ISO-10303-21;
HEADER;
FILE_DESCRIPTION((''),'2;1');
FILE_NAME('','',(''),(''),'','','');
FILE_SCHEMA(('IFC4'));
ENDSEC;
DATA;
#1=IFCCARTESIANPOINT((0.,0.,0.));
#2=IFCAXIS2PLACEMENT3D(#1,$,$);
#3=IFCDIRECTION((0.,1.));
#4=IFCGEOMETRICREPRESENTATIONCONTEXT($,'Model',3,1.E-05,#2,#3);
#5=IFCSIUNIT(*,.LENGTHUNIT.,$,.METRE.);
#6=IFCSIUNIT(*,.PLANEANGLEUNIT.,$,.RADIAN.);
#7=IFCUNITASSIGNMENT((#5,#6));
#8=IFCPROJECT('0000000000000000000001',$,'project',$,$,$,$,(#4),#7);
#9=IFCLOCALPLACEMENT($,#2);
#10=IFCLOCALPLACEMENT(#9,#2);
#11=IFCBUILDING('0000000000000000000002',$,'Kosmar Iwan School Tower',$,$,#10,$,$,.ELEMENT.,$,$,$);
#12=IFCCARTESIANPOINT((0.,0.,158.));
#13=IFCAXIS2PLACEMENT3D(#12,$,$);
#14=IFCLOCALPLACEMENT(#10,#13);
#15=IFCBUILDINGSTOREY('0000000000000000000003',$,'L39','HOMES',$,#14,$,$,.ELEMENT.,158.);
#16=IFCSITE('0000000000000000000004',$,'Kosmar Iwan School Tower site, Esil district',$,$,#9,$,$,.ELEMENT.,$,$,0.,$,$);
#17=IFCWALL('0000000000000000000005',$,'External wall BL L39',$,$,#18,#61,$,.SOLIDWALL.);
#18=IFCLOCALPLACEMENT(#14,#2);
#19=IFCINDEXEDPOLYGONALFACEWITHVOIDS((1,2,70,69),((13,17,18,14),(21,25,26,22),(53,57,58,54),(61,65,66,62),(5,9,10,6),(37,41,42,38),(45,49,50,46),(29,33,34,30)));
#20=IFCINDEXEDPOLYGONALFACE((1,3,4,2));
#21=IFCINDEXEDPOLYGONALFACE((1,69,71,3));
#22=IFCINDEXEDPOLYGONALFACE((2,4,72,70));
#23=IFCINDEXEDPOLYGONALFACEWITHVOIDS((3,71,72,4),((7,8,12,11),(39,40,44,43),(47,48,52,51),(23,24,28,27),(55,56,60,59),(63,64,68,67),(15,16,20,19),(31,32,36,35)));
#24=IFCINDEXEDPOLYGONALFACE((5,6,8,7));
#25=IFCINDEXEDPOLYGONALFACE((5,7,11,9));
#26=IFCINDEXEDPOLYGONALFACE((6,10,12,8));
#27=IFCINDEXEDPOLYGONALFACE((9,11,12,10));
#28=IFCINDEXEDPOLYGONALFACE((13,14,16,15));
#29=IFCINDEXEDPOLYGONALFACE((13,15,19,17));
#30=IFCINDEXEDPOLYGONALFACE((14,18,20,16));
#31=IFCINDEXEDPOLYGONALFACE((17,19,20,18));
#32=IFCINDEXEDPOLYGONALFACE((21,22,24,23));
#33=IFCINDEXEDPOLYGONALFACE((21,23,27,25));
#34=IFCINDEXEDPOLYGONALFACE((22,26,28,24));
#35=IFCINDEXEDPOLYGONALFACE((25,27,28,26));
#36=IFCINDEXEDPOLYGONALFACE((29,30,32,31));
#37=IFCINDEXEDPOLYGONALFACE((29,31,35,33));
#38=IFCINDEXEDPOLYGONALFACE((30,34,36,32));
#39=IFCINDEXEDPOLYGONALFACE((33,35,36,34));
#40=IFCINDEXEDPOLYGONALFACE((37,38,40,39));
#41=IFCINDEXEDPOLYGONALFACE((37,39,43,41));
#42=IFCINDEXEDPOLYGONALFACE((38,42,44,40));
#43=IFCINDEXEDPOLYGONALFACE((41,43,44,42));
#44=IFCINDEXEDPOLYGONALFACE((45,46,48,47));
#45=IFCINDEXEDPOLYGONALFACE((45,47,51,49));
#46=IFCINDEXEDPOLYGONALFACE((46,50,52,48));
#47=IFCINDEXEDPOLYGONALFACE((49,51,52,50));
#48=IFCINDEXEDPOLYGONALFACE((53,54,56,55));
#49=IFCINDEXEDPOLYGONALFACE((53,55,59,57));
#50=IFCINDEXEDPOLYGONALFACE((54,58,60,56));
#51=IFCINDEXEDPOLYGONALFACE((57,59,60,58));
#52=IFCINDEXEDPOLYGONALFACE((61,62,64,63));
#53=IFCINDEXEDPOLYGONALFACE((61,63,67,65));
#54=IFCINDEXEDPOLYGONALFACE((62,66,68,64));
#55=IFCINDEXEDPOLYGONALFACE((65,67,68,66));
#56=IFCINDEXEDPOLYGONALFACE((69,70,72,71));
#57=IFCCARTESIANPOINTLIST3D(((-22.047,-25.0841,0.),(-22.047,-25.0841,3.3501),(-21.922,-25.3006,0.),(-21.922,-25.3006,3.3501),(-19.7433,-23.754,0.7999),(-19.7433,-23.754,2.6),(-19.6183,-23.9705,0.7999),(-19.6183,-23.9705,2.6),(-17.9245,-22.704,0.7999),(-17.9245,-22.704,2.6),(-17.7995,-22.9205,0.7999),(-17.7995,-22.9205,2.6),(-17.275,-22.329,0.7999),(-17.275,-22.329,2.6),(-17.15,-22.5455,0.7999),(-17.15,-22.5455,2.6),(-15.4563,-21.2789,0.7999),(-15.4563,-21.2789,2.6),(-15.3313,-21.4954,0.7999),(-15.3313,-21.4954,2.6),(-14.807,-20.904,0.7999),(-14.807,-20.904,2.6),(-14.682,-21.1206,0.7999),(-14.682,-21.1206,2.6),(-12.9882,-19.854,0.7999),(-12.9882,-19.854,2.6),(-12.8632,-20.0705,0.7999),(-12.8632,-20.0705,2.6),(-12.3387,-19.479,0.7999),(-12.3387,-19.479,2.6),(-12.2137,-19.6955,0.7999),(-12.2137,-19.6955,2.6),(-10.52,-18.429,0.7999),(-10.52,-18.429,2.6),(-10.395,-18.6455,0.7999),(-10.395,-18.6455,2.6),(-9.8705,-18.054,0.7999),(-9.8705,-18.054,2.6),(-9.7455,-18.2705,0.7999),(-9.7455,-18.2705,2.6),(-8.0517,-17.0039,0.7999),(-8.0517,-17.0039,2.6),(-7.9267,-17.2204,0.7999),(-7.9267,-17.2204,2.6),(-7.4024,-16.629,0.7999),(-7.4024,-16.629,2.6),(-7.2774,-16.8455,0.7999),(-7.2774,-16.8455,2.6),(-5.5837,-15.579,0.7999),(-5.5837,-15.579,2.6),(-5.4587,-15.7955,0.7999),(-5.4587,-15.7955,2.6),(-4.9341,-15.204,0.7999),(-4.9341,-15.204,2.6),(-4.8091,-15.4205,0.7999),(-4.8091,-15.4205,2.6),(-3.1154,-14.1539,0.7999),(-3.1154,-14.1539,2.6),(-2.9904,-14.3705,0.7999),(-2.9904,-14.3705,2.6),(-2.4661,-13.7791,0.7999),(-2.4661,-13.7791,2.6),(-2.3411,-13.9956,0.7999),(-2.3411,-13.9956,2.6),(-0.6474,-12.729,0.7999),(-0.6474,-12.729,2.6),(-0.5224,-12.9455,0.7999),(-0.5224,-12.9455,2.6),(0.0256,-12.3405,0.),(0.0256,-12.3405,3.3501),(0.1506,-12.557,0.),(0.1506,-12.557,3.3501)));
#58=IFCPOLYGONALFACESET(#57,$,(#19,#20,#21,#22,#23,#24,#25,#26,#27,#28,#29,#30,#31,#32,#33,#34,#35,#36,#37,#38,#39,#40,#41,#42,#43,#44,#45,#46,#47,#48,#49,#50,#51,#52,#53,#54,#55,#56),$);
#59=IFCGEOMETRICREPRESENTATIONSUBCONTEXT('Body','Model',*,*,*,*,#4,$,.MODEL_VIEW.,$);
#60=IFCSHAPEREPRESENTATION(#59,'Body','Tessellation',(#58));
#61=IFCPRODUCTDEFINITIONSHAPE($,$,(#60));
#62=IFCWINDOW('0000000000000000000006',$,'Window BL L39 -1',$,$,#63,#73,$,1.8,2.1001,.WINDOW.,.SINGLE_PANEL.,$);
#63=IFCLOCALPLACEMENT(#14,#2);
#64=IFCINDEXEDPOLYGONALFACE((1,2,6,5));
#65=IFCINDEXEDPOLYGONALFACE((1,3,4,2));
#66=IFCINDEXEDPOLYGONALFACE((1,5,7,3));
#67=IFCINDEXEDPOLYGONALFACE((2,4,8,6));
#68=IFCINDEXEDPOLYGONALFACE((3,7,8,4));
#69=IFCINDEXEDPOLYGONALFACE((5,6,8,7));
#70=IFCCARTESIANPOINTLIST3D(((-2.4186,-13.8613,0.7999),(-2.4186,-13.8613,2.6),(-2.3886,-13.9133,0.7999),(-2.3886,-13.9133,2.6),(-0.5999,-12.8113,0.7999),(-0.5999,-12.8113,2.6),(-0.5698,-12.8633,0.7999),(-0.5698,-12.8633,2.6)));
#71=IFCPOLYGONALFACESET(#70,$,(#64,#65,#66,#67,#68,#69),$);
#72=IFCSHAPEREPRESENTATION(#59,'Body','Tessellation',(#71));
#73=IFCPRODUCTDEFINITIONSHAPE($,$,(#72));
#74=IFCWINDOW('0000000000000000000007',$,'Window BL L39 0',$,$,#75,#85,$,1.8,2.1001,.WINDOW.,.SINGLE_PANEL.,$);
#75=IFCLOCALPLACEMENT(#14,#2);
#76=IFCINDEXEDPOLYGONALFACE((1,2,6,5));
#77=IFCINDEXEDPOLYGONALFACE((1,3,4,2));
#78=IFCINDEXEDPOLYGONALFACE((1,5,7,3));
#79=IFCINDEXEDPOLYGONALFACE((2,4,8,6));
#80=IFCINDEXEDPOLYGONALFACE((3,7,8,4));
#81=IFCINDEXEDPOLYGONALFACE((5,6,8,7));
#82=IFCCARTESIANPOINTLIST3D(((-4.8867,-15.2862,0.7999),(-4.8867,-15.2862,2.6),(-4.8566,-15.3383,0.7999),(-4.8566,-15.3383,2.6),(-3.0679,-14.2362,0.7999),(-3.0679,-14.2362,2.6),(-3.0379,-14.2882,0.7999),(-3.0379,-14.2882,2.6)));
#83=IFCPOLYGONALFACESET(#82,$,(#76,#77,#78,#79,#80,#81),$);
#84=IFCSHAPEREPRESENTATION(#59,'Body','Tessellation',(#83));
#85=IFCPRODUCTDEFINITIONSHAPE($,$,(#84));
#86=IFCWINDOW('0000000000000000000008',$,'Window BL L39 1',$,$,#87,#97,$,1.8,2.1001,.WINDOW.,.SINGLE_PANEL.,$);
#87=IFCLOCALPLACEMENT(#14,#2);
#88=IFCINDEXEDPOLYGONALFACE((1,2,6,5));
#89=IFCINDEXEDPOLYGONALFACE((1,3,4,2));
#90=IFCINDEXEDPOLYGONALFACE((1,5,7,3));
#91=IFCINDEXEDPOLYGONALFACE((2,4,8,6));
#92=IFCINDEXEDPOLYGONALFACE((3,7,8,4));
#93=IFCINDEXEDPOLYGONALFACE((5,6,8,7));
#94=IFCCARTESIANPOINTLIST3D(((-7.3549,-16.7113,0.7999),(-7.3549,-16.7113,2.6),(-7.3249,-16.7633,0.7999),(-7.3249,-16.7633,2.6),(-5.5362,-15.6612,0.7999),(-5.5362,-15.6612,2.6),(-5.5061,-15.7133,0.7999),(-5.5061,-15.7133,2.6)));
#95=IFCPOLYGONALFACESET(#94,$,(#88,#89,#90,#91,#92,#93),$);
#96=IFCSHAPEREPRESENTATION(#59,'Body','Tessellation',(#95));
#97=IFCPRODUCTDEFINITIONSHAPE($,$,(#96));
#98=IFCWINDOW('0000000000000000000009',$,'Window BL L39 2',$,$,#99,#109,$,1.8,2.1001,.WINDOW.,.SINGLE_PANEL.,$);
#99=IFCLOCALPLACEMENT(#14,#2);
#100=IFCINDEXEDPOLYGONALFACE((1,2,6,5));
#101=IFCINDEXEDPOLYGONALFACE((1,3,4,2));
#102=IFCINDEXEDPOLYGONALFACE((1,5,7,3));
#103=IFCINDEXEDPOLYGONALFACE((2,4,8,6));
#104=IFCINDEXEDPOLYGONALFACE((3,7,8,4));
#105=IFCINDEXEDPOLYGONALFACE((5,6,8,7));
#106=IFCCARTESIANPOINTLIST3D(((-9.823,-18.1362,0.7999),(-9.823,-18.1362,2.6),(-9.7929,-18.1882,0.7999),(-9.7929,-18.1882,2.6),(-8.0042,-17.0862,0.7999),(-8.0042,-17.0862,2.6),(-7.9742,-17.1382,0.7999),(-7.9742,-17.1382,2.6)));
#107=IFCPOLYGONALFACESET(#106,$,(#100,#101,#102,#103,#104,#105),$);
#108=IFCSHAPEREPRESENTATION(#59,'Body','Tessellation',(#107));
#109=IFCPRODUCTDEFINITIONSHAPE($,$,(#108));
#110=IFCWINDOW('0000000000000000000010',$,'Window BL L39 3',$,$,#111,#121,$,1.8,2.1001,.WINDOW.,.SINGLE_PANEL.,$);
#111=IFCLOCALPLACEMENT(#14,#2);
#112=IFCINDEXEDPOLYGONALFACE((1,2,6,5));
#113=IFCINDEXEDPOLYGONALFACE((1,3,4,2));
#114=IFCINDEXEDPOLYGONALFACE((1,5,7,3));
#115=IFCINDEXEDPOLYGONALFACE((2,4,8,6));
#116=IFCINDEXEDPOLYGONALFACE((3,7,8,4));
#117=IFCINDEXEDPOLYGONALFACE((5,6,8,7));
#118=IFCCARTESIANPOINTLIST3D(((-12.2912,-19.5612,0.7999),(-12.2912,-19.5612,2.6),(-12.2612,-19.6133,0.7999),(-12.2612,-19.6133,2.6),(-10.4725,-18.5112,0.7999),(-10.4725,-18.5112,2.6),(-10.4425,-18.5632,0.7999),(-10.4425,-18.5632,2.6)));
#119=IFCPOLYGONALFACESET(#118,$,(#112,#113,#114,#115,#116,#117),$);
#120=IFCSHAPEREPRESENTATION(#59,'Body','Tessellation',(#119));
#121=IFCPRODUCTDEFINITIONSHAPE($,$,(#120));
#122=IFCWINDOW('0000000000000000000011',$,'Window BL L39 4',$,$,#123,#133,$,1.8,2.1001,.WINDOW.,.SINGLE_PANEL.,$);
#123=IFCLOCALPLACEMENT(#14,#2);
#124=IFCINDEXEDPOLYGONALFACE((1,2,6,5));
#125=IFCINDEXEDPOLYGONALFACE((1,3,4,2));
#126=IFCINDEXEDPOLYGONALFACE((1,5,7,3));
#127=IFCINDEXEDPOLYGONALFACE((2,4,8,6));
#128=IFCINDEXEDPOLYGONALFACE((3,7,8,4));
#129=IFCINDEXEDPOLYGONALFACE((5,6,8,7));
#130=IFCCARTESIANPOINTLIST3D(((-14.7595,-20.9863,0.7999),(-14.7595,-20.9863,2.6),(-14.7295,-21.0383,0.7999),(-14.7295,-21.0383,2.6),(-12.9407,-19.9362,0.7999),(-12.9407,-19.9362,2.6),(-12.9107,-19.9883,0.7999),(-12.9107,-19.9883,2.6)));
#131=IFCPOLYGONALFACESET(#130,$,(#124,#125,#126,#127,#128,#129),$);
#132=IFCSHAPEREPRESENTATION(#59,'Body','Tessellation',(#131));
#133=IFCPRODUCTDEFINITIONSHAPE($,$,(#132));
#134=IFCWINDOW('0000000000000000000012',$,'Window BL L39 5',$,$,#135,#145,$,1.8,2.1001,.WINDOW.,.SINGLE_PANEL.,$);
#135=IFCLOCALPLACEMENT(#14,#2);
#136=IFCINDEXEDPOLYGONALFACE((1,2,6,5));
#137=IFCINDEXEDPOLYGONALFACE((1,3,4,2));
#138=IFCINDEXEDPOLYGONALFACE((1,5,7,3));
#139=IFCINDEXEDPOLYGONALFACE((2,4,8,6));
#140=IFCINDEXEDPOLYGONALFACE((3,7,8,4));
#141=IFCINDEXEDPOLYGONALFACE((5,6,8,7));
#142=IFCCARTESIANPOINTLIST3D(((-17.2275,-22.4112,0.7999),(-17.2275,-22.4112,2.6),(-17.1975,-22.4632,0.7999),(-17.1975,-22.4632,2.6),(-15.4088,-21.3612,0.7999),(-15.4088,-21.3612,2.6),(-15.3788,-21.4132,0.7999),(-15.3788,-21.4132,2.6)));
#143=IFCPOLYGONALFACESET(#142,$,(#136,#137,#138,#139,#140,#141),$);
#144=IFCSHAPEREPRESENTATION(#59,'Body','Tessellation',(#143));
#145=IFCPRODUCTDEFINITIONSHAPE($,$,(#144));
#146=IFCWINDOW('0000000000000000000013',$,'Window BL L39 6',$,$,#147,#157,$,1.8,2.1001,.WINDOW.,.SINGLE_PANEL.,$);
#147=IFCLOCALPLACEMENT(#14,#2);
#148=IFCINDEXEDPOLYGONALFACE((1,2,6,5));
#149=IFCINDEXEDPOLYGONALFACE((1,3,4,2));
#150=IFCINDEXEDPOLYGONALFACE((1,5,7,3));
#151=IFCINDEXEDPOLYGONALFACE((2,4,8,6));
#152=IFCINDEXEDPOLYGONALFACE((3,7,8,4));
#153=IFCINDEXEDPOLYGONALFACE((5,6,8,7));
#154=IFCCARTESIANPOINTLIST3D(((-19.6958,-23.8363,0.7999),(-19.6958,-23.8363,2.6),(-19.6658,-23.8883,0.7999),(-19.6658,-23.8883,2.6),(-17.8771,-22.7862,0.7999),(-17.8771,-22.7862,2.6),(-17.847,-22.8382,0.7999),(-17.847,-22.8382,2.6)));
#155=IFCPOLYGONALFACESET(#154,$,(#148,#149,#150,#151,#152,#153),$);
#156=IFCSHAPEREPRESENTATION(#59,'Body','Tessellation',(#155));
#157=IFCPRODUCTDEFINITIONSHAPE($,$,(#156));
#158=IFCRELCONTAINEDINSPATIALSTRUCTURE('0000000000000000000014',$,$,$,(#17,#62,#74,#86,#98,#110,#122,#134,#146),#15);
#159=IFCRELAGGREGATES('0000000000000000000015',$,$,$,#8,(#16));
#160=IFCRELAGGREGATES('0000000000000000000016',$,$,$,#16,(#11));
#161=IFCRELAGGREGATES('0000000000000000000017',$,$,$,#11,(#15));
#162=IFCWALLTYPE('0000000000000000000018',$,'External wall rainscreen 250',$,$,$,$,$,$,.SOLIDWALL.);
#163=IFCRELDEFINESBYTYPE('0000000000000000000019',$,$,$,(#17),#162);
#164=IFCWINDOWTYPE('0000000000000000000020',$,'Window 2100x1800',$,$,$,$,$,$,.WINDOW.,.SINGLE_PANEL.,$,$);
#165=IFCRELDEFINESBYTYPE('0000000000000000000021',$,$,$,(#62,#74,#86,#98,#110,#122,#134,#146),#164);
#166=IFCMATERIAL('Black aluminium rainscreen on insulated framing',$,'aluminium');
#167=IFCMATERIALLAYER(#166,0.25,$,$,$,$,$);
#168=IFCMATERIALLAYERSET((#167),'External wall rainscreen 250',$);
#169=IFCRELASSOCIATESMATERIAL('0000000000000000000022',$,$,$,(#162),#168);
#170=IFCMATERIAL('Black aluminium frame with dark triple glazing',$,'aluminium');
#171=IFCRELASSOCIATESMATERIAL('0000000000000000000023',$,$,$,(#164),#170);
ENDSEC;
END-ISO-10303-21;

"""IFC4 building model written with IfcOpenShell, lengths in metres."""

from ifc_helpers import new_model, si_unit, direction, frame, frame_2d, origin, place, context, subcontext, project, spatial, rectangle, extrude, material, layer, layer_set, type_object, element, fill, save


model = new_model("IFC4")

# Units and contexts
model_context = context("Model", 3, precision=1e-05, world=origin(), true_north=direction((0.0, 1.0)))
body_context = subcontext(model_context, "Body", "Model", "MODEL_VIEW")
ifc_project = project(units=[si_unit("LENGTHUNIT", "METRE"), si_unit("PLANEANGLEUNIT", "RADIAN")], contexts=[model_context])

# Site, building, storey
site_placement = place(None, origin())
site = spatial("IfcSite", under=ifc_project, at=site_placement, Name="Kosmar Iwan School Tower site, Esil district", CompositionType="ELEMENT", RefElevation=0.0)
building_placement = place(site_placement, origin())
building = spatial("IfcBuilding", under=site, at=building_placement, Name="Kosmar Iwan School Tower", CompositionType="ELEMENT")
storey_placement = place(building_placement, frame((0.0, 0.0, 158.0)))
storey = spatial("IfcBuildingStorey", under=building, at=storey_placement, Name="L39", Description="HOMES", CompositionType="ELEMENT", Elevation=158.0)

# Wall, openings, windows
ifc_material_1 = material(Name="Black aluminium rainscreen on insulated framing", Category="aluminium")
ifc_layer = layer(ifc_material_1, 0.25)
ifc_layer_set = layer_set([ifc_layer], Name="External wall rainscreen 250")
wall_type = type_object("IfcWallType", Name="External wall rainscreen 250", PredefinedType="SOLIDWALL", material=ifc_layer_set)
wall_1_placement = place(storey_placement, frame((0.0881, -12.4487, 0.0), z_axis=(0.0, 0.0, 1.0), x_axis=(-0.866026, -0.499998, 0.0)))
wall_1 = element("IfcWall", 1, at=wall_1_placement, inside=storey, type_object=wall_type, Name="External wall BL L39", PredefinedType="SOLIDWALL", context=body_context, shape_type="SweptSolid", body=[
    extrude(rectangle(XDim=25.4873, YDim=0.25, at=frame_2d((12.7437, 0.0))), origin(), (0.0, 0.0, 1.0), 3.3501),
])
opening_1_placement = place(wall_1_placement, frame((0.7771, 0.0, 0.8)))
opening_1 = element("IfcOpeningElement", 2, at=opening_1_placement, cuts=wall_1, PredefinedType="OPENING", context=body_context, shape_type="SweptSolid", body=[
    extrude(rectangle(XDim=2.1001, YDim=1.8, at=frame_2d((1.05, 0.8999))), frame((0.0, 0.137, 0.0), z_axis=(0.0, -1.0, 0.0), x_axis=(1.0, 0.0, 0.0)), (0.0, 0.0, 1.0), 0.2739),
])
opening_2_placement = place(wall_1_placement, frame((3.627, 0.0, 0.8)))
opening_2 = element("IfcOpeningElement", 3, at=opening_2_placement, cuts=wall_1, PredefinedType="OPENING", context=body_context, shape_type="SweptSolid", body=[
    extrude(rectangle(XDim=2.1001, YDim=1.8, at=frame_2d((1.05, 0.8999))), frame((0.0, 0.137, 0.0), z_axis=(0.0, -1.0, 0.0), x_axis=(1.0, 0.0, 0.0)), (0.0, 0.0, 1.0), 0.2739),
])
opening_3_placement = place(wall_1_placement, frame((6.4771, 0.0, 0.8)))
opening_3 = element("IfcOpeningElement", 4, at=opening_3_placement, cuts=wall_1, PredefinedType="OPENING", context=body_context, shape_type="SweptSolid", body=[
    extrude(rectangle(XDim=2.1001, YDim=1.8, at=frame_2d((1.05, 0.8999))), frame((0.0, 0.137, 0.0), z_axis=(0.0, -1.0, 0.0), x_axis=(1.0, 0.0, 0.0)), (0.0, 0.0, 1.0), 0.2739),
])
opening_4_placement = place(wall_1_placement, frame((9.3269, 0.0, 0.8)))
opening_4 = element("IfcOpeningElement", 5, at=opening_4_placement, cuts=wall_1, PredefinedType="OPENING", context=body_context, shape_type="SweptSolid", body=[
    extrude(rectangle(XDim=2.1001, YDim=1.8, at=frame_2d((1.05, 0.8999))), frame((0.0, 0.137, 0.0), z_axis=(0.0, -1.0, 0.0), x_axis=(1.0, 0.0, 0.0)), (0.0, 0.0, 1.0), 0.2739),
])
opening_5_placement = place(wall_1_placement, frame((12.177, 0.0, 0.8)))
opening_5 = element("IfcOpeningElement", 6, at=opening_5_placement, cuts=wall_1, PredefinedType="OPENING", context=body_context, shape_type="SweptSolid", body=[
    extrude(rectangle(XDim=2.1001, YDim=1.8, at=frame_2d((1.05, 0.8999))), frame((0.0, 0.137, 0.0), z_axis=(0.0, -1.0, 0.0), x_axis=(1.0, 0.0, 0.0)), (0.0, 0.0, 1.0), 0.2739),
])
opening_6_placement = place(wall_1_placement, frame((15.0271, 0.0, 0.8)))
opening_6 = element("IfcOpeningElement", 7, at=opening_6_placement, cuts=wall_1, PredefinedType="OPENING", context=body_context, shape_type="SweptSolid", body=[
    extrude(rectangle(XDim=2.1001, YDim=1.8, at=frame_2d((1.05, 0.8999))), frame((0.0, 0.137, 0.0), z_axis=(0.0, -1.0, 0.0), x_axis=(1.0, 0.0, 0.0)), (0.0, 0.0, 1.0), 0.2739),
])
opening_7_placement = place(wall_1_placement, frame((17.877, 0.0, 0.8)))
opening_7 = element("IfcOpeningElement", 8, at=opening_7_placement, cuts=wall_1, PredefinedType="OPENING", context=body_context, shape_type="SweptSolid", body=[
    extrude(rectangle(XDim=2.1001, YDim=1.8, at=frame_2d((1.05, 0.8999))), frame((0.0, 0.137, 0.0), z_axis=(0.0, -1.0, 0.0), x_axis=(1.0, 0.0, 0.0)), (0.0, 0.0, 1.0), 0.2739),
])
opening_8_placement = place(wall_1_placement, frame((20.7271, 0.0, 0.8)))
opening_8 = element("IfcOpeningElement", 9, at=opening_8_placement, cuts=wall_1, PredefinedType="OPENING", context=body_context, shape_type="SweptSolid", body=[
    extrude(rectangle(XDim=2.1001, YDim=1.8, at=frame_2d((1.05, 0.8999))), frame((0.0, 0.137, 0.0), z_axis=(0.0, -1.0, 0.0), x_axis=(1.0, 0.0, 0.0)), (0.0, 0.0, 1.0), 0.2739),
])
ifc_material_2 = material(Name="Black aluminium frame with dark triple glazing", Category="aluminium")
window_type = type_object("IfcWindowType", Name="Window 2100x1800", PartitioningType="SINGLE_PANEL", PredefinedType="WINDOW", material=ifc_material_2)
window_1_placement = place(opening_1_placement, origin())
window_1 = element("IfcWindow", 10, at=window_1_placement, inside=storey, type_object=window_type, Name="Window BL L39 -1", OverallHeight=1.8, OverallWidth=2.1001, PartitioningType="SINGLE_PANEL", PredefinedType="WINDOW", context=body_context, shape_type="SweptSolid", body=[
    extrude(rectangle(XDim=2.1001, YDim=1.8, at=frame_2d((1.05, 0.8999))), frame((0.0, 0.03, 0.0), z_axis=(0.0, -1.0, 0.0), x_axis=(1.0, 0.0, 0.0)), (0.0, 0.0, 1.0), 0.0601),
])
fill(opening_1, window_1)
window_2_placement = place(opening_2_placement, origin())
window_2 = element("IfcWindow", 11, at=window_2_placement, inside=storey, type_object=window_type, Name="Window BL L39 0", OverallHeight=1.8, OverallWidth=2.1001, PartitioningType="SINGLE_PANEL", PredefinedType="WINDOW", context=body_context, shape_type="SweptSolid", body=[
    extrude(rectangle(XDim=2.1001, YDim=1.8, at=frame_2d((1.05, 0.8999))), frame((0.0, 0.03, 0.0), z_axis=(0.0, -1.0, 0.0), x_axis=(1.0, 0.0, 0.0)), (0.0, 0.0, 1.0), 0.0601),
])
fill(opening_2, window_2)
window_3_placement = place(opening_3_placement, origin())
window_3 = element("IfcWindow", 12, at=window_3_placement, inside=storey, type_object=window_type, Name="Window BL L39 1", OverallHeight=1.8, OverallWidth=2.1001, PartitioningType="SINGLE_PANEL", PredefinedType="WINDOW", context=body_context, shape_type="SweptSolid", body=[
    extrude(rectangle(XDim=2.1001, YDim=1.8, at=frame_2d((1.05, 0.8999))), frame((0.0, 0.03, 0.0), z_axis=(0.0, -1.0, 0.0), x_axis=(1.0, 0.0, 0.0)), (0.0, 0.0, 1.0), 0.0601),
])
fill(opening_3, window_3)
window_4_placement = place(opening_4_placement, origin())
window_4 = element("IfcWindow", 13, at=window_4_placement, inside=storey, type_object=window_type, Name="Window BL L39 2", OverallHeight=1.8, OverallWidth=2.1001, PartitioningType="SINGLE_PANEL", PredefinedType="WINDOW", context=body_context, shape_type="SweptSolid", body=[
    extrude(rectangle(XDim=2.1001, YDim=1.8, at=frame_2d((1.05, 0.8999))), frame((0.0, 0.03, 0.0), z_axis=(0.0, -1.0, 0.0), x_axis=(1.0, 0.0, 0.0)), (0.0, 0.0, 1.0), 0.0601),
])
fill(opening_4, window_4)
window_5_placement = place(opening_5_placement, origin())
window_5 = element("IfcWindow", 14, at=window_5_placement, inside=storey, type_object=window_type, Name="Window BL L39 3", OverallHeight=1.8, OverallWidth=2.1001, PartitioningType="SINGLE_PANEL", PredefinedType="WINDOW", context=body_context, shape_type="SweptSolid", body=[
    extrude(rectangle(XDim=2.1001, YDim=1.8, at=frame_2d((1.05, 0.8999))), frame((0.0, 0.03, 0.0), z_axis=(0.0, -1.0, 0.0), x_axis=(1.0, 0.0, 0.0)), (0.0, 0.0, 1.0), 0.0601),
])
fill(opening_5, window_5)
window_6_placement = place(opening_6_placement, origin())
window_6 = element("IfcWindow", 15, at=window_6_placement, inside=storey, type_object=window_type, Name="Window BL L39 4", OverallHeight=1.8, OverallWidth=2.1001, PartitioningType="SINGLE_PANEL", PredefinedType="WINDOW", context=body_context, shape_type="SweptSolid", body=[
    extrude(rectangle(XDim=2.1001, YDim=1.8, at=frame_2d((1.05, 0.8999))), frame((0.0, 0.03, 0.0), z_axis=(0.0, -1.0, 0.0), x_axis=(1.0, 0.0, 0.0)), (0.0, 0.0, 1.0), 0.0601),
])
fill(opening_6, window_6)
window_7_placement = place(opening_7_placement, origin())
window_7 = element("IfcWindow", 16, at=window_7_placement, inside=storey, type_object=window_type, Name="Window BL L39 5", OverallHeight=1.8, OverallWidth=2.1001, PartitioningType="SINGLE_PANEL", PredefinedType="WINDOW", context=body_context, shape_type="SweptSolid", body=[
    extrude(rectangle(XDim=2.1001, YDim=1.8, at=frame_2d((1.05, 0.8999))), frame((0.0, 0.03, 0.0), z_axis=(0.0, -1.0, 0.0), x_axis=(1.0, 0.0, 0.0)), (0.0, 0.0, 1.0), 0.0601),
])
fill(opening_7, window_7)
window_8_placement = place(opening_8_placement, origin())
window_8 = element("IfcWindow", 17, at=window_8_placement, inside=storey, type_object=window_type, Name="Window BL L39 6", OverallHeight=1.8, OverallWidth=2.1001, PartitioningType="SINGLE_PANEL", PredefinedType="WINDOW", context=body_context, shape_type="SweptSolid", body=[
    extrude(rectangle(XDim=2.1001, YDim=1.8, at=frame_2d((1.05, 0.8999))), frame((0.0, 0.03, 0.0), z_axis=(0.0, -1.0, 0.0), x_axis=(1.0, 0.0, 0.0)), (0.0, 0.0, 1.0), 0.0601),
])
fill(opening_8, window_8)

save(model, "model.ifc")
